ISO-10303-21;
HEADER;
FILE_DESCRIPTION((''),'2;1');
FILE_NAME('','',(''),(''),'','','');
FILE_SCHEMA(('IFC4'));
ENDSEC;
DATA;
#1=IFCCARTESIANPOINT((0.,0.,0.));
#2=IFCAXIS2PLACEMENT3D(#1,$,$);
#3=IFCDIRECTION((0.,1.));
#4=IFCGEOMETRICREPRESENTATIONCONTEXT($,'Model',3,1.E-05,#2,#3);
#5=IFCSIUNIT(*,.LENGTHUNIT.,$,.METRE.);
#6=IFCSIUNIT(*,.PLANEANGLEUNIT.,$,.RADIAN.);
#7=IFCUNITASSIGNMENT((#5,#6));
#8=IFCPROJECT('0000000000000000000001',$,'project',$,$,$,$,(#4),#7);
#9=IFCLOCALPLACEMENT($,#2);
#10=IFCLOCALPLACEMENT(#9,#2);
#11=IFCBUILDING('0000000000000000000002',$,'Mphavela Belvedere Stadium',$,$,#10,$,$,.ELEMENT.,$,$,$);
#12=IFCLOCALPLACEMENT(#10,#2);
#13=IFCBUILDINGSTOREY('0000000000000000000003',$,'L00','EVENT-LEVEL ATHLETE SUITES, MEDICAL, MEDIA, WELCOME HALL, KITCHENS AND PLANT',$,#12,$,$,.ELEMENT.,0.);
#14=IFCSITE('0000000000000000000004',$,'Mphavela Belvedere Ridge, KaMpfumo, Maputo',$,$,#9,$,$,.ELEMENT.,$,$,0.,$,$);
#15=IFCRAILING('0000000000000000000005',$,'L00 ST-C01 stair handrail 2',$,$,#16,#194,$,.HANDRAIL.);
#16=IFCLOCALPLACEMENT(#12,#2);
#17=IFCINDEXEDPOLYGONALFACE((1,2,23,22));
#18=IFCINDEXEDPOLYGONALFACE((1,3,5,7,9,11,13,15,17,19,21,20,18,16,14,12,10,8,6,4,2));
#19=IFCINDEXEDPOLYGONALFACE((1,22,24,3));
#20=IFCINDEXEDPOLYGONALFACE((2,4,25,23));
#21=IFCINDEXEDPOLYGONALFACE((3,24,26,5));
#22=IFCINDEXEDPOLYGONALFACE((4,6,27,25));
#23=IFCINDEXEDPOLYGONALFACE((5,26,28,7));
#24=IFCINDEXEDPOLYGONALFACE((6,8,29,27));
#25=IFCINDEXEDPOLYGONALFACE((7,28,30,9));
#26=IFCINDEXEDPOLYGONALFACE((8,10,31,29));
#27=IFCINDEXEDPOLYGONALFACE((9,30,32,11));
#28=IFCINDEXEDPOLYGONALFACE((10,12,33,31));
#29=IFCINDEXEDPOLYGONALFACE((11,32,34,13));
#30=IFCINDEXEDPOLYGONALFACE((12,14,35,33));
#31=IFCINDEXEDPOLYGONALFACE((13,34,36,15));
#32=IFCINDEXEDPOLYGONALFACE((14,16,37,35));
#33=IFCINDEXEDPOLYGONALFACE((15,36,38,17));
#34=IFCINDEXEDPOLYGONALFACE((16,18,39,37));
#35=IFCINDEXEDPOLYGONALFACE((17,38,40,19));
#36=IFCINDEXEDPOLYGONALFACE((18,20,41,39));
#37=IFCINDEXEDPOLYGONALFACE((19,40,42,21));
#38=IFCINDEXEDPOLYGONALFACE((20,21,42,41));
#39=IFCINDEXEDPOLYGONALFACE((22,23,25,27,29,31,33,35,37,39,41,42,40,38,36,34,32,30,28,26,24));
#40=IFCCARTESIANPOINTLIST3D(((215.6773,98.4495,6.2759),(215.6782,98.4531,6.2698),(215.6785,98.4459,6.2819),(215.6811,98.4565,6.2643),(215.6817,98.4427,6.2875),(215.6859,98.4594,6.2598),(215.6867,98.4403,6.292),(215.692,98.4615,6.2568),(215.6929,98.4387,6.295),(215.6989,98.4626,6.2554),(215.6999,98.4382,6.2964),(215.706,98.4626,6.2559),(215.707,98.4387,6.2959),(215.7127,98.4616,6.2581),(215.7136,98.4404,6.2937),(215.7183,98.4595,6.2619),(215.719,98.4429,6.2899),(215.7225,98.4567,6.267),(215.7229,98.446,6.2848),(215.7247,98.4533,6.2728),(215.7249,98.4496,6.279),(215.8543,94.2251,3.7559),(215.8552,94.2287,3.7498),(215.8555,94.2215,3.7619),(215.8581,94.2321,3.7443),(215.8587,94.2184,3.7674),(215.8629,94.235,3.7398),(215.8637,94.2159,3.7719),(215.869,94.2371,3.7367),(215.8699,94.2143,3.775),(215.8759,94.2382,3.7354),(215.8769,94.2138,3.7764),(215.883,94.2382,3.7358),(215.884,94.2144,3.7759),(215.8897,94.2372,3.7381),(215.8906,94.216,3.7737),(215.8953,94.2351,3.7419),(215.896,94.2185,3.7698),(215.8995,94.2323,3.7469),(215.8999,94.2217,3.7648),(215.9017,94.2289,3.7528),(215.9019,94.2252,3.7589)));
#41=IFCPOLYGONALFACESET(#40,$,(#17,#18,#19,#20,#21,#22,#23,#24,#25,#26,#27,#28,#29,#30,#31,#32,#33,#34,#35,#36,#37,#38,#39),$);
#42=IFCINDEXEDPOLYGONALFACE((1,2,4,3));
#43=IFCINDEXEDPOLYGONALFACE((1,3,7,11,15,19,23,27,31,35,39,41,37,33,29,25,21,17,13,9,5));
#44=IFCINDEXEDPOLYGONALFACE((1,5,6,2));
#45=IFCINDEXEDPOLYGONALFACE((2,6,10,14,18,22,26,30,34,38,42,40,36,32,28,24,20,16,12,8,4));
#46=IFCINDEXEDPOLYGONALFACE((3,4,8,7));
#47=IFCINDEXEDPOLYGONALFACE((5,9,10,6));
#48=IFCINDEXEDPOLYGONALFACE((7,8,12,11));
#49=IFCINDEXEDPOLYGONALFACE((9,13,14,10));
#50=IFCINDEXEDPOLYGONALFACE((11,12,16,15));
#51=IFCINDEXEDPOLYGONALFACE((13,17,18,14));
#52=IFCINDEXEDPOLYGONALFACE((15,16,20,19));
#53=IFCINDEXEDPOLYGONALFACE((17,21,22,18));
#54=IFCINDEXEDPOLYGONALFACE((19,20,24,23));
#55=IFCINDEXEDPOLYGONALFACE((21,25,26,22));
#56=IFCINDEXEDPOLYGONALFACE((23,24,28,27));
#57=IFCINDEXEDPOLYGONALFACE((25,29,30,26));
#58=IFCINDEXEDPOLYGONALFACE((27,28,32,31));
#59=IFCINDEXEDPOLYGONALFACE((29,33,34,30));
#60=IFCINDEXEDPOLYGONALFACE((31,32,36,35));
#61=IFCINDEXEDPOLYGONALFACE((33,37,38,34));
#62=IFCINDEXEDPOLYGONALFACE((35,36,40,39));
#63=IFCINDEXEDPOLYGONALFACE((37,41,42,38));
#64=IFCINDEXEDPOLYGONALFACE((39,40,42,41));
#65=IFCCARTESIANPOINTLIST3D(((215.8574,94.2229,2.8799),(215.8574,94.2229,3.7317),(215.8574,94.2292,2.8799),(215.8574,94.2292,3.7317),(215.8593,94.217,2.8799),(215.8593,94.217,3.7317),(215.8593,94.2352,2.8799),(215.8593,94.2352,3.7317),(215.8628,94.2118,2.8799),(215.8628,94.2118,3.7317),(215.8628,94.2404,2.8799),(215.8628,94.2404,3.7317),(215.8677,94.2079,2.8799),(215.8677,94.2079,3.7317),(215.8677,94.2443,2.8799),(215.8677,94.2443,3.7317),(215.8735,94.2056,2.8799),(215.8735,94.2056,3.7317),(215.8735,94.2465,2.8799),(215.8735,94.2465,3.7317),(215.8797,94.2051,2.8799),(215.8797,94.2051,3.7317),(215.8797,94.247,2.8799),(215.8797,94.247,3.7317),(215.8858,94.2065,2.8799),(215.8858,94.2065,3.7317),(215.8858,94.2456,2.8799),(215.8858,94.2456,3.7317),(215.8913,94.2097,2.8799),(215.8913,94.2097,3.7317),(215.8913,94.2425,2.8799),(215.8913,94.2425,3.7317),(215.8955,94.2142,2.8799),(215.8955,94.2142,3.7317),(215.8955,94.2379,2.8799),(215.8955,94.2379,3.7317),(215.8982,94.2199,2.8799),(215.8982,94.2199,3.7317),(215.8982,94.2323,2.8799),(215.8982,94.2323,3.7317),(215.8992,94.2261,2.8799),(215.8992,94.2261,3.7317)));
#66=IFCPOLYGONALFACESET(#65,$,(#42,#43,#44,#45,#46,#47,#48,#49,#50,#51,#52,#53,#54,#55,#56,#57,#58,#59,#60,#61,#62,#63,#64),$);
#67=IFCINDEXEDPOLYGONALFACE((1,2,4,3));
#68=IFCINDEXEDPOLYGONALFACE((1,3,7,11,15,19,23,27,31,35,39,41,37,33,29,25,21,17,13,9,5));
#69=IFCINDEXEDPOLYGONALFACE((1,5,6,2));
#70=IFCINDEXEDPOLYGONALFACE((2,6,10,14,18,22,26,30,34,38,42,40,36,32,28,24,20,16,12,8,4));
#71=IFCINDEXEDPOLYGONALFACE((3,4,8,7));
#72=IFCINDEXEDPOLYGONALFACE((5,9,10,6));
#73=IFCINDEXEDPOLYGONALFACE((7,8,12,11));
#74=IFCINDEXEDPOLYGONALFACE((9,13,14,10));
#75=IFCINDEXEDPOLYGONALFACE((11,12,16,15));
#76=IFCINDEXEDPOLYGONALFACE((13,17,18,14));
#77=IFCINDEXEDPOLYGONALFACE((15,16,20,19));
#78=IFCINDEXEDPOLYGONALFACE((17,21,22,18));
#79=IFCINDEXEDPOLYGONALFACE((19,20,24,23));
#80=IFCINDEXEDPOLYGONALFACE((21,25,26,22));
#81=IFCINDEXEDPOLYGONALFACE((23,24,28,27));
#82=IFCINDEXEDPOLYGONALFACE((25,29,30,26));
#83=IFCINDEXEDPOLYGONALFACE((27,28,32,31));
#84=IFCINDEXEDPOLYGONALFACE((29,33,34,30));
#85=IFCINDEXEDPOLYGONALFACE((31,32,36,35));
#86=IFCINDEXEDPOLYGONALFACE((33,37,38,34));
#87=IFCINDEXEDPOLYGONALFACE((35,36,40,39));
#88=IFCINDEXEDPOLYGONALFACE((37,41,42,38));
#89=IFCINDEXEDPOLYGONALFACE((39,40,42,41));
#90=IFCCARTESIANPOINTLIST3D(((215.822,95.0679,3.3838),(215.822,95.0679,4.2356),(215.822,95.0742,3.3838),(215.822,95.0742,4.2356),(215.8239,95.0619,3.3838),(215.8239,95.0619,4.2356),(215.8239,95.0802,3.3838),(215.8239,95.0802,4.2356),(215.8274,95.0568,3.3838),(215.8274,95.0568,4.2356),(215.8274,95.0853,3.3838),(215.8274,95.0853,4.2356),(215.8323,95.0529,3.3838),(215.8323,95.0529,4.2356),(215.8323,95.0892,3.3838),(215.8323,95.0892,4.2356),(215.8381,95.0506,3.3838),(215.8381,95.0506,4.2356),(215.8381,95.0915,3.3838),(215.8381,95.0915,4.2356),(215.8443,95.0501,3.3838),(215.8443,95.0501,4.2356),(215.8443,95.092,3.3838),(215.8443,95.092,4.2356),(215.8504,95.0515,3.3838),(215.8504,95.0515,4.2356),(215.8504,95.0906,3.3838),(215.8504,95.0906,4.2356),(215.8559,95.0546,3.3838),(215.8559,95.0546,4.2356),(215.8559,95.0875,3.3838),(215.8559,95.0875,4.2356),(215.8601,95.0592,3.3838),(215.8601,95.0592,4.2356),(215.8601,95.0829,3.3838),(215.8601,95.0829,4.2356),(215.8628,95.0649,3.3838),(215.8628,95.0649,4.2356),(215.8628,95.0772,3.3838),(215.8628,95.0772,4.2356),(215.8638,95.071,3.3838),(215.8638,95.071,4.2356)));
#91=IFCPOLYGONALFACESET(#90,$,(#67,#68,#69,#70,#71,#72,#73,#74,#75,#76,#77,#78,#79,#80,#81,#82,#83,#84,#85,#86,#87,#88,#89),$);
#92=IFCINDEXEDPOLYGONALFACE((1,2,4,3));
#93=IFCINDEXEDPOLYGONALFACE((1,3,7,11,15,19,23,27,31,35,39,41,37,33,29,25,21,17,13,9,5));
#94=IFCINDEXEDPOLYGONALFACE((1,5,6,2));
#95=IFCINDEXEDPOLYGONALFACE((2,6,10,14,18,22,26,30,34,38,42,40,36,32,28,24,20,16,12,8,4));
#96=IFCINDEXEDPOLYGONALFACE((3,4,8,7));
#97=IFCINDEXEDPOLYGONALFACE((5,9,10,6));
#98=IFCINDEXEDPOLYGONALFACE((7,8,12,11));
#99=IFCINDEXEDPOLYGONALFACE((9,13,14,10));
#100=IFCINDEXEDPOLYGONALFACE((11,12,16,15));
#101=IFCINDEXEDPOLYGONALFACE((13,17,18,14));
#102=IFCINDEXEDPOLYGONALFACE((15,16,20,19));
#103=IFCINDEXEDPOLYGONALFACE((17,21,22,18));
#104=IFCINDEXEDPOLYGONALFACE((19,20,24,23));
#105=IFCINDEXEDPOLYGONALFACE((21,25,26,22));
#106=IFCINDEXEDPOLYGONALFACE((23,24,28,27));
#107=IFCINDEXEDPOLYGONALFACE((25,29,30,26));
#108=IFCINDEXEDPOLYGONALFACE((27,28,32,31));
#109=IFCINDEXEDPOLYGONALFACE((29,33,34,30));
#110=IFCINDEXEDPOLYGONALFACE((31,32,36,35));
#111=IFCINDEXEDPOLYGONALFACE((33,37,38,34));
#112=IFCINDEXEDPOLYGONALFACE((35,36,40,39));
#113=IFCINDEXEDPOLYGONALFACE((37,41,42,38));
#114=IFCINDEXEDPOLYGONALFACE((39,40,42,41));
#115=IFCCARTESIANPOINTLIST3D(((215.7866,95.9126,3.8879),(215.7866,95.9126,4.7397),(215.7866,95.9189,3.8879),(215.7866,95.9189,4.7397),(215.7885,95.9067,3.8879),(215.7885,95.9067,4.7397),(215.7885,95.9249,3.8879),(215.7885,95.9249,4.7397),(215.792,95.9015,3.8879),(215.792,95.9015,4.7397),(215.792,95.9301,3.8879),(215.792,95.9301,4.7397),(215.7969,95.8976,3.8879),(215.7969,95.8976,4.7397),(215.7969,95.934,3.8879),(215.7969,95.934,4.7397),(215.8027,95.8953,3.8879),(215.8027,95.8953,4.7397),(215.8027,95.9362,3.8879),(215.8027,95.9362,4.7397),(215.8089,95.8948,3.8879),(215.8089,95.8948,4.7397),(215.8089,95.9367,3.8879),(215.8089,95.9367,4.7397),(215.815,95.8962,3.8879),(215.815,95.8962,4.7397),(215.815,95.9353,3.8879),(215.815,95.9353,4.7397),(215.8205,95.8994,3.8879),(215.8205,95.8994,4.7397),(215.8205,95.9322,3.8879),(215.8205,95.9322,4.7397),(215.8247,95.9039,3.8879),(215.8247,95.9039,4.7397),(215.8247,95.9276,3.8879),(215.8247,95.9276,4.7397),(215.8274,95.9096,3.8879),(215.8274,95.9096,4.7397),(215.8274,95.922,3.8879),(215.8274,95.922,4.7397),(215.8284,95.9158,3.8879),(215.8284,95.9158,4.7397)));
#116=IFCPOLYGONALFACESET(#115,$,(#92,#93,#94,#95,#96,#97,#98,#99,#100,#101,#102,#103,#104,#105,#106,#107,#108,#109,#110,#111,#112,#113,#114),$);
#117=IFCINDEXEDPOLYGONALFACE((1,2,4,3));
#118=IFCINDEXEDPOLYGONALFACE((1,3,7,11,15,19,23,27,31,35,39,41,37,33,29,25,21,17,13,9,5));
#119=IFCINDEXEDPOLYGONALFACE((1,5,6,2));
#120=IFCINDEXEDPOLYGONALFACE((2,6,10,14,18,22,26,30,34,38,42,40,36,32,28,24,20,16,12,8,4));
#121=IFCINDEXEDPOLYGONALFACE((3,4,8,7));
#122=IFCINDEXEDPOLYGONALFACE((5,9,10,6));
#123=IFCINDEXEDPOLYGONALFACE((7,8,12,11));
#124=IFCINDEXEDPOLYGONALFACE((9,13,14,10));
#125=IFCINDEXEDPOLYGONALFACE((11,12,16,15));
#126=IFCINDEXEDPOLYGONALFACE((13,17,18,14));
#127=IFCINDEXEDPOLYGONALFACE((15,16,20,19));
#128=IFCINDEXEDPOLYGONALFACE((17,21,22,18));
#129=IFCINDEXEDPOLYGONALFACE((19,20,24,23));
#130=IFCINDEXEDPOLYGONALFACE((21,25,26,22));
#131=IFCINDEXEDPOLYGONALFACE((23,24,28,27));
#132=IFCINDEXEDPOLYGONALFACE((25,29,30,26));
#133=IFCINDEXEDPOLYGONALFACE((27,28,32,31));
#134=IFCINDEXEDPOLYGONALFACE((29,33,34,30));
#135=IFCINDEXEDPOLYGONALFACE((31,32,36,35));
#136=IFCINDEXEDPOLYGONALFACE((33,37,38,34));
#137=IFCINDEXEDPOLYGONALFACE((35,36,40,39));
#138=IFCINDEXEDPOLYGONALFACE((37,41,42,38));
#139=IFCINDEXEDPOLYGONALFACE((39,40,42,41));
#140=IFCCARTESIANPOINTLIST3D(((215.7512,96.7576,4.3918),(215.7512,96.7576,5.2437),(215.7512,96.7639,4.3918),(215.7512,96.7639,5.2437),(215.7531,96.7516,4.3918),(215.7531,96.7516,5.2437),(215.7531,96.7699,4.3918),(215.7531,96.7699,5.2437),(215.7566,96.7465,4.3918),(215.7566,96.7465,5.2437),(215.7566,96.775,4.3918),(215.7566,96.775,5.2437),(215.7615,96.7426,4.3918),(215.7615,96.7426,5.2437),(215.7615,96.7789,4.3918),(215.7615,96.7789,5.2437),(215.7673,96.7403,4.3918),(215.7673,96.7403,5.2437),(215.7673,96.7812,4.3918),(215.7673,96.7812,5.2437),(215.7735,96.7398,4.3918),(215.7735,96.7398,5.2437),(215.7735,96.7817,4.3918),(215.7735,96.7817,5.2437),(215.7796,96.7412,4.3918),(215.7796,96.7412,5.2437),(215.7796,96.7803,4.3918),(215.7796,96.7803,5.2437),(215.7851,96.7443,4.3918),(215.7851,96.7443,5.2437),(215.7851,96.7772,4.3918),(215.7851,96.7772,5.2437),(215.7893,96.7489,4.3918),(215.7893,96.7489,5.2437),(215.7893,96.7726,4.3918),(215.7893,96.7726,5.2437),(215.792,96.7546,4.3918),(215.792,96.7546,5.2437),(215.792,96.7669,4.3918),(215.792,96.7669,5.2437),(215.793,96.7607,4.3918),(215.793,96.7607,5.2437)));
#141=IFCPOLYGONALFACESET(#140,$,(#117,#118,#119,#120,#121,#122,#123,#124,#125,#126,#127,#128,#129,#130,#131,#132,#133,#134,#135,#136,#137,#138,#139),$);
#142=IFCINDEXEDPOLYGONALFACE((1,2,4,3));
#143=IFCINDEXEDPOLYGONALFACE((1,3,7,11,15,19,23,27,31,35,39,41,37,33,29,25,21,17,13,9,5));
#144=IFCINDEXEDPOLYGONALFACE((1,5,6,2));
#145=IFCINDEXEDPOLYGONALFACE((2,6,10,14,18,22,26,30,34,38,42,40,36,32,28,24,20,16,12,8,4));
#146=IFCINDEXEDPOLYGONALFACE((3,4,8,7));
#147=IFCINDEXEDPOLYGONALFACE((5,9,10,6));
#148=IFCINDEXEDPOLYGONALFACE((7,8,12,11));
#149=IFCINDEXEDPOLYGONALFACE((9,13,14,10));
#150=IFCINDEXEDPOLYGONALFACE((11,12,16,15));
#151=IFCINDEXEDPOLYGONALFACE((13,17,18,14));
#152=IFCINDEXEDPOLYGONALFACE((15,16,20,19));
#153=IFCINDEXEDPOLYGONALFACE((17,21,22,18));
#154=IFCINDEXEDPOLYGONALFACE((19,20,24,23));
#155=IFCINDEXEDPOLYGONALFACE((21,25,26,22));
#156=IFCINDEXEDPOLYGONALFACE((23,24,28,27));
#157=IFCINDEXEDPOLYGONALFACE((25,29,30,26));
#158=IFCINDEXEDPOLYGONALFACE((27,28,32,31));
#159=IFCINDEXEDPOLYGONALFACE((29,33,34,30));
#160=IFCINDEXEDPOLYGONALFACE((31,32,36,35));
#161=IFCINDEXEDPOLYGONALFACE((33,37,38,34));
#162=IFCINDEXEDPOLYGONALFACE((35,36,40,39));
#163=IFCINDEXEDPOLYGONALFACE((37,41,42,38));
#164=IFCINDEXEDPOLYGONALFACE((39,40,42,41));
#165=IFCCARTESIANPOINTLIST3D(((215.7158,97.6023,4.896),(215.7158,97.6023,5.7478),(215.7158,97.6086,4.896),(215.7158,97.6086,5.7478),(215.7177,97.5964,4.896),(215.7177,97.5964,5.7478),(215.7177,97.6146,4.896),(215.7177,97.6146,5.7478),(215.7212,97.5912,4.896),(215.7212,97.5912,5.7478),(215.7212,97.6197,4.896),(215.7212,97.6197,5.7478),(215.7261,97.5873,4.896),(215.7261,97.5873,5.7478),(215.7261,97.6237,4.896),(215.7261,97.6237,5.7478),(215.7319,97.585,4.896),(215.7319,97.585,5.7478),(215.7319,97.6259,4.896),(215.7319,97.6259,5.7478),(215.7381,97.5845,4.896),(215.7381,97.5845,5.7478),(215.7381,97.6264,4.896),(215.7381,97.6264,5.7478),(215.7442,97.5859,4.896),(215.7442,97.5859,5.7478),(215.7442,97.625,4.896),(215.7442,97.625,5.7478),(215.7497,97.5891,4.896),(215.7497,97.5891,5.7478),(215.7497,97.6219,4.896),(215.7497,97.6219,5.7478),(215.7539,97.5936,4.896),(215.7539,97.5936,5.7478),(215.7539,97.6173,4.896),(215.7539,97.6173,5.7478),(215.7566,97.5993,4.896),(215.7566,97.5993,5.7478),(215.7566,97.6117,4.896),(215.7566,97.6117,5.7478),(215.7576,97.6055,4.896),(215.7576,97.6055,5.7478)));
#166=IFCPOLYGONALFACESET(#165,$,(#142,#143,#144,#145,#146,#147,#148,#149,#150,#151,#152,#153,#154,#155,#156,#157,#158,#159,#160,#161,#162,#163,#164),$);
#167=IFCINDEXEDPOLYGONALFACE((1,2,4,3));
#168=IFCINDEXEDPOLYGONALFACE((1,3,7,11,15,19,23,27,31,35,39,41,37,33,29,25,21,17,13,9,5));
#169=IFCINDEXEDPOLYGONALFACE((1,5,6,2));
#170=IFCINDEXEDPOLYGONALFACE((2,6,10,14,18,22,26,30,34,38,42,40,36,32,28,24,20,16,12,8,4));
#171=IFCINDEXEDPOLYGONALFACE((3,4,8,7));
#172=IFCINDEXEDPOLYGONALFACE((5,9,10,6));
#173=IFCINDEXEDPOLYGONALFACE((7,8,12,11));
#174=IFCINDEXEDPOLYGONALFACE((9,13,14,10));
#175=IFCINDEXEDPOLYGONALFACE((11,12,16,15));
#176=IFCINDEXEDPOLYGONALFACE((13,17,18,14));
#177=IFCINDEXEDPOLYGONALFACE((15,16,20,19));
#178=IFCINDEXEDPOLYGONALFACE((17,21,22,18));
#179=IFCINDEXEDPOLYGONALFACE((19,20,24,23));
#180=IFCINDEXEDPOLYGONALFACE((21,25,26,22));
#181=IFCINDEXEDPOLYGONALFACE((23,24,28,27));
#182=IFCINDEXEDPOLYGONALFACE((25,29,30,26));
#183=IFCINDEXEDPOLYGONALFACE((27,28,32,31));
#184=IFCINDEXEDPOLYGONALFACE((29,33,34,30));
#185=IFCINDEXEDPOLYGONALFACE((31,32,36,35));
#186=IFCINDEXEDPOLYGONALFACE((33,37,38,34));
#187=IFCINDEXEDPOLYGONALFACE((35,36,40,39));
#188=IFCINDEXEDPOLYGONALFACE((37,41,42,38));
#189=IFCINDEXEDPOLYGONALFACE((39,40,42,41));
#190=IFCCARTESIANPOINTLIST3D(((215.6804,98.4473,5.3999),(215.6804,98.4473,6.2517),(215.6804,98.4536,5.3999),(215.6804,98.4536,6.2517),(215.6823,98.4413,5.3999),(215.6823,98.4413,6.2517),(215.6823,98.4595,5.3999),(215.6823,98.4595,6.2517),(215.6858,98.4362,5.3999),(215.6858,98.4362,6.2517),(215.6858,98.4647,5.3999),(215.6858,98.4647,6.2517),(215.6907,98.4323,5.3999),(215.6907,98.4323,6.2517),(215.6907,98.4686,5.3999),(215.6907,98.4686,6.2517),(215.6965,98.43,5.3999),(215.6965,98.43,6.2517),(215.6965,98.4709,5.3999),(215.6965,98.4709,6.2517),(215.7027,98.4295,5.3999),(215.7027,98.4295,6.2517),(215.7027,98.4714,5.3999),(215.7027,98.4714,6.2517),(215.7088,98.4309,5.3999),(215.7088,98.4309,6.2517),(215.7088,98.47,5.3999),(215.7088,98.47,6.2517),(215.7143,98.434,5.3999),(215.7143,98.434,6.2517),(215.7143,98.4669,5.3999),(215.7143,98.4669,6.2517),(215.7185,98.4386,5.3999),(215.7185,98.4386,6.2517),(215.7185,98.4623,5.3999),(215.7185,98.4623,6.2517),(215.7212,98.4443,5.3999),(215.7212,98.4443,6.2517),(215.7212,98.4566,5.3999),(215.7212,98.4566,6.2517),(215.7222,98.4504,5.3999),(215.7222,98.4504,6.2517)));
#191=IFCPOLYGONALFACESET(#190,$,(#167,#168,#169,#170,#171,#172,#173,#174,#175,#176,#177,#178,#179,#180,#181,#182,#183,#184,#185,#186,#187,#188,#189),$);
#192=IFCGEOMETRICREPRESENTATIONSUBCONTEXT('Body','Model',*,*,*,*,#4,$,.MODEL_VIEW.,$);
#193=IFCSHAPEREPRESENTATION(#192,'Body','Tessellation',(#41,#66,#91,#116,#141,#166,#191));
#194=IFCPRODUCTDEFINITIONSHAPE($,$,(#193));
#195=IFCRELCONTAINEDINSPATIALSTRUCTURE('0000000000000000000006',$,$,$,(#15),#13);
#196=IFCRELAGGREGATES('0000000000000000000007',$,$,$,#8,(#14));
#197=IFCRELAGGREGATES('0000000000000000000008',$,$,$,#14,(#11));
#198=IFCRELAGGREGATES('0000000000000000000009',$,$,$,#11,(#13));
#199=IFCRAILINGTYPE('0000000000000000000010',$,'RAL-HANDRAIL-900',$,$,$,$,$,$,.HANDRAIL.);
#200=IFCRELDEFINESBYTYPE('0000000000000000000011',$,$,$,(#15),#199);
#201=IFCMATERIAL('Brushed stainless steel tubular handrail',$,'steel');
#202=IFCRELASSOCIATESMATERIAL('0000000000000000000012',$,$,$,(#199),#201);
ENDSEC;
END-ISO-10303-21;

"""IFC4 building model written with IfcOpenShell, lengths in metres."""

from ifc_helpers import new_model, si_unit, direction, frame, origin, origin_2d, place, context, subcontext, project, spatial, circle, extrude, material, type_object, element, save


model = new_model("IFC4")

# Units and contexts
model_context = context("Model", 3, precision=1e-05, world=origin(), true_north=direction((0.0, 1.0)))
body_context = subcontext(model_context, "Body", "Model", "MODEL_VIEW")
ifc_project = project(units=[si_unit("LENGTHUNIT", "METRE"), si_unit("PLANEANGLEUNIT", "RADIAN")], contexts=[model_context])

# Site, building, storey
site_placement = place(None, origin())
site = spatial("IfcSite", under=ifc_project, at=site_placement, Name="Mphavela Belvedere Ridge, KaMpfumo, Maputo", CompositionType="ELEMENT", RefElevation=0.0)
building_placement = place(site_placement, origin())
building = spatial("IfcBuilding", under=site, at=building_placement, Name="Mphavela Belvedere Stadium", CompositionType="ELEMENT")
storey_placement = place(building_placement, origin())
storey = spatial("IfcBuildingStorey", under=building, at=storey_placement, Name="L00", Description="EVENT-LEVEL ATHLETE SUITES, MEDICAL, MEDIA, WELCOME HALL, KITCHENS AND PLANT", CompositionType="ELEMENT", Elevation=0.0)

# Railing
ifc_material_1 = material(Name="Brushed stainless steel tubular handrail", Category="steel")
railing_type_1 = type_object("IfcRailingType", Name="RAL-HANDRAIL-900", PredefinedType="HANDRAIL", material=ifc_material_1)
railing_1_placement = place(storey_placement, frame((215.8782, 94.2261, 2.8799)))
element("IfcRailing", 1, at=railing_1_placement, inside=storey, type_object=railing_type_1, Name="L00 ST-C01 stair handrail 2", PredefinedType="HANDRAIL", context=body_context, shape_type="SweptSolid", body=[
    extrude(circle(Radius=0.0239, at=origin_2d()), frame((0.0, 0.0, 0.876), z_axis=(-0.035961, 0.858244, 0.51198), x_axis=(-0.999123, -0.041864, 0.0)), (0.0, 0.0, 1.0), 4.9221),
    extrude(circle(Radius=0.021, at=origin_2d()), origin(), (0.0, 0.0, 1.0), 0.8518),
    extrude(circle(Radius=0.021, at=origin_2d()), frame((-0.0354, 0.845, 0.5039)), (0.0, 0.0, 1.0), 0.8518),
    extrude(circle(Radius=0.021, at=origin_2d()), frame((-0.0708, 1.6897, 1.0081)), (0.0, 0.0, 1.0), 0.8518),
    extrude(circle(Radius=0.021, at=origin_2d()), frame((-0.1062, 2.5347, 1.512)), (0.0, 0.0, 1.0), 0.8518),
    extrude(circle(Radius=0.021, at=origin_2d()), frame((-0.1416, 3.3794, 2.0161)), (0.0, 0.0, 1.0), 0.8518),
    extrude(circle(Radius=0.021, at=origin_2d()), frame((-0.177, 4.2244, 2.52)), (0.0, 0.0, 1.0), 0.8518),
])

save(model, "model.ifc")
